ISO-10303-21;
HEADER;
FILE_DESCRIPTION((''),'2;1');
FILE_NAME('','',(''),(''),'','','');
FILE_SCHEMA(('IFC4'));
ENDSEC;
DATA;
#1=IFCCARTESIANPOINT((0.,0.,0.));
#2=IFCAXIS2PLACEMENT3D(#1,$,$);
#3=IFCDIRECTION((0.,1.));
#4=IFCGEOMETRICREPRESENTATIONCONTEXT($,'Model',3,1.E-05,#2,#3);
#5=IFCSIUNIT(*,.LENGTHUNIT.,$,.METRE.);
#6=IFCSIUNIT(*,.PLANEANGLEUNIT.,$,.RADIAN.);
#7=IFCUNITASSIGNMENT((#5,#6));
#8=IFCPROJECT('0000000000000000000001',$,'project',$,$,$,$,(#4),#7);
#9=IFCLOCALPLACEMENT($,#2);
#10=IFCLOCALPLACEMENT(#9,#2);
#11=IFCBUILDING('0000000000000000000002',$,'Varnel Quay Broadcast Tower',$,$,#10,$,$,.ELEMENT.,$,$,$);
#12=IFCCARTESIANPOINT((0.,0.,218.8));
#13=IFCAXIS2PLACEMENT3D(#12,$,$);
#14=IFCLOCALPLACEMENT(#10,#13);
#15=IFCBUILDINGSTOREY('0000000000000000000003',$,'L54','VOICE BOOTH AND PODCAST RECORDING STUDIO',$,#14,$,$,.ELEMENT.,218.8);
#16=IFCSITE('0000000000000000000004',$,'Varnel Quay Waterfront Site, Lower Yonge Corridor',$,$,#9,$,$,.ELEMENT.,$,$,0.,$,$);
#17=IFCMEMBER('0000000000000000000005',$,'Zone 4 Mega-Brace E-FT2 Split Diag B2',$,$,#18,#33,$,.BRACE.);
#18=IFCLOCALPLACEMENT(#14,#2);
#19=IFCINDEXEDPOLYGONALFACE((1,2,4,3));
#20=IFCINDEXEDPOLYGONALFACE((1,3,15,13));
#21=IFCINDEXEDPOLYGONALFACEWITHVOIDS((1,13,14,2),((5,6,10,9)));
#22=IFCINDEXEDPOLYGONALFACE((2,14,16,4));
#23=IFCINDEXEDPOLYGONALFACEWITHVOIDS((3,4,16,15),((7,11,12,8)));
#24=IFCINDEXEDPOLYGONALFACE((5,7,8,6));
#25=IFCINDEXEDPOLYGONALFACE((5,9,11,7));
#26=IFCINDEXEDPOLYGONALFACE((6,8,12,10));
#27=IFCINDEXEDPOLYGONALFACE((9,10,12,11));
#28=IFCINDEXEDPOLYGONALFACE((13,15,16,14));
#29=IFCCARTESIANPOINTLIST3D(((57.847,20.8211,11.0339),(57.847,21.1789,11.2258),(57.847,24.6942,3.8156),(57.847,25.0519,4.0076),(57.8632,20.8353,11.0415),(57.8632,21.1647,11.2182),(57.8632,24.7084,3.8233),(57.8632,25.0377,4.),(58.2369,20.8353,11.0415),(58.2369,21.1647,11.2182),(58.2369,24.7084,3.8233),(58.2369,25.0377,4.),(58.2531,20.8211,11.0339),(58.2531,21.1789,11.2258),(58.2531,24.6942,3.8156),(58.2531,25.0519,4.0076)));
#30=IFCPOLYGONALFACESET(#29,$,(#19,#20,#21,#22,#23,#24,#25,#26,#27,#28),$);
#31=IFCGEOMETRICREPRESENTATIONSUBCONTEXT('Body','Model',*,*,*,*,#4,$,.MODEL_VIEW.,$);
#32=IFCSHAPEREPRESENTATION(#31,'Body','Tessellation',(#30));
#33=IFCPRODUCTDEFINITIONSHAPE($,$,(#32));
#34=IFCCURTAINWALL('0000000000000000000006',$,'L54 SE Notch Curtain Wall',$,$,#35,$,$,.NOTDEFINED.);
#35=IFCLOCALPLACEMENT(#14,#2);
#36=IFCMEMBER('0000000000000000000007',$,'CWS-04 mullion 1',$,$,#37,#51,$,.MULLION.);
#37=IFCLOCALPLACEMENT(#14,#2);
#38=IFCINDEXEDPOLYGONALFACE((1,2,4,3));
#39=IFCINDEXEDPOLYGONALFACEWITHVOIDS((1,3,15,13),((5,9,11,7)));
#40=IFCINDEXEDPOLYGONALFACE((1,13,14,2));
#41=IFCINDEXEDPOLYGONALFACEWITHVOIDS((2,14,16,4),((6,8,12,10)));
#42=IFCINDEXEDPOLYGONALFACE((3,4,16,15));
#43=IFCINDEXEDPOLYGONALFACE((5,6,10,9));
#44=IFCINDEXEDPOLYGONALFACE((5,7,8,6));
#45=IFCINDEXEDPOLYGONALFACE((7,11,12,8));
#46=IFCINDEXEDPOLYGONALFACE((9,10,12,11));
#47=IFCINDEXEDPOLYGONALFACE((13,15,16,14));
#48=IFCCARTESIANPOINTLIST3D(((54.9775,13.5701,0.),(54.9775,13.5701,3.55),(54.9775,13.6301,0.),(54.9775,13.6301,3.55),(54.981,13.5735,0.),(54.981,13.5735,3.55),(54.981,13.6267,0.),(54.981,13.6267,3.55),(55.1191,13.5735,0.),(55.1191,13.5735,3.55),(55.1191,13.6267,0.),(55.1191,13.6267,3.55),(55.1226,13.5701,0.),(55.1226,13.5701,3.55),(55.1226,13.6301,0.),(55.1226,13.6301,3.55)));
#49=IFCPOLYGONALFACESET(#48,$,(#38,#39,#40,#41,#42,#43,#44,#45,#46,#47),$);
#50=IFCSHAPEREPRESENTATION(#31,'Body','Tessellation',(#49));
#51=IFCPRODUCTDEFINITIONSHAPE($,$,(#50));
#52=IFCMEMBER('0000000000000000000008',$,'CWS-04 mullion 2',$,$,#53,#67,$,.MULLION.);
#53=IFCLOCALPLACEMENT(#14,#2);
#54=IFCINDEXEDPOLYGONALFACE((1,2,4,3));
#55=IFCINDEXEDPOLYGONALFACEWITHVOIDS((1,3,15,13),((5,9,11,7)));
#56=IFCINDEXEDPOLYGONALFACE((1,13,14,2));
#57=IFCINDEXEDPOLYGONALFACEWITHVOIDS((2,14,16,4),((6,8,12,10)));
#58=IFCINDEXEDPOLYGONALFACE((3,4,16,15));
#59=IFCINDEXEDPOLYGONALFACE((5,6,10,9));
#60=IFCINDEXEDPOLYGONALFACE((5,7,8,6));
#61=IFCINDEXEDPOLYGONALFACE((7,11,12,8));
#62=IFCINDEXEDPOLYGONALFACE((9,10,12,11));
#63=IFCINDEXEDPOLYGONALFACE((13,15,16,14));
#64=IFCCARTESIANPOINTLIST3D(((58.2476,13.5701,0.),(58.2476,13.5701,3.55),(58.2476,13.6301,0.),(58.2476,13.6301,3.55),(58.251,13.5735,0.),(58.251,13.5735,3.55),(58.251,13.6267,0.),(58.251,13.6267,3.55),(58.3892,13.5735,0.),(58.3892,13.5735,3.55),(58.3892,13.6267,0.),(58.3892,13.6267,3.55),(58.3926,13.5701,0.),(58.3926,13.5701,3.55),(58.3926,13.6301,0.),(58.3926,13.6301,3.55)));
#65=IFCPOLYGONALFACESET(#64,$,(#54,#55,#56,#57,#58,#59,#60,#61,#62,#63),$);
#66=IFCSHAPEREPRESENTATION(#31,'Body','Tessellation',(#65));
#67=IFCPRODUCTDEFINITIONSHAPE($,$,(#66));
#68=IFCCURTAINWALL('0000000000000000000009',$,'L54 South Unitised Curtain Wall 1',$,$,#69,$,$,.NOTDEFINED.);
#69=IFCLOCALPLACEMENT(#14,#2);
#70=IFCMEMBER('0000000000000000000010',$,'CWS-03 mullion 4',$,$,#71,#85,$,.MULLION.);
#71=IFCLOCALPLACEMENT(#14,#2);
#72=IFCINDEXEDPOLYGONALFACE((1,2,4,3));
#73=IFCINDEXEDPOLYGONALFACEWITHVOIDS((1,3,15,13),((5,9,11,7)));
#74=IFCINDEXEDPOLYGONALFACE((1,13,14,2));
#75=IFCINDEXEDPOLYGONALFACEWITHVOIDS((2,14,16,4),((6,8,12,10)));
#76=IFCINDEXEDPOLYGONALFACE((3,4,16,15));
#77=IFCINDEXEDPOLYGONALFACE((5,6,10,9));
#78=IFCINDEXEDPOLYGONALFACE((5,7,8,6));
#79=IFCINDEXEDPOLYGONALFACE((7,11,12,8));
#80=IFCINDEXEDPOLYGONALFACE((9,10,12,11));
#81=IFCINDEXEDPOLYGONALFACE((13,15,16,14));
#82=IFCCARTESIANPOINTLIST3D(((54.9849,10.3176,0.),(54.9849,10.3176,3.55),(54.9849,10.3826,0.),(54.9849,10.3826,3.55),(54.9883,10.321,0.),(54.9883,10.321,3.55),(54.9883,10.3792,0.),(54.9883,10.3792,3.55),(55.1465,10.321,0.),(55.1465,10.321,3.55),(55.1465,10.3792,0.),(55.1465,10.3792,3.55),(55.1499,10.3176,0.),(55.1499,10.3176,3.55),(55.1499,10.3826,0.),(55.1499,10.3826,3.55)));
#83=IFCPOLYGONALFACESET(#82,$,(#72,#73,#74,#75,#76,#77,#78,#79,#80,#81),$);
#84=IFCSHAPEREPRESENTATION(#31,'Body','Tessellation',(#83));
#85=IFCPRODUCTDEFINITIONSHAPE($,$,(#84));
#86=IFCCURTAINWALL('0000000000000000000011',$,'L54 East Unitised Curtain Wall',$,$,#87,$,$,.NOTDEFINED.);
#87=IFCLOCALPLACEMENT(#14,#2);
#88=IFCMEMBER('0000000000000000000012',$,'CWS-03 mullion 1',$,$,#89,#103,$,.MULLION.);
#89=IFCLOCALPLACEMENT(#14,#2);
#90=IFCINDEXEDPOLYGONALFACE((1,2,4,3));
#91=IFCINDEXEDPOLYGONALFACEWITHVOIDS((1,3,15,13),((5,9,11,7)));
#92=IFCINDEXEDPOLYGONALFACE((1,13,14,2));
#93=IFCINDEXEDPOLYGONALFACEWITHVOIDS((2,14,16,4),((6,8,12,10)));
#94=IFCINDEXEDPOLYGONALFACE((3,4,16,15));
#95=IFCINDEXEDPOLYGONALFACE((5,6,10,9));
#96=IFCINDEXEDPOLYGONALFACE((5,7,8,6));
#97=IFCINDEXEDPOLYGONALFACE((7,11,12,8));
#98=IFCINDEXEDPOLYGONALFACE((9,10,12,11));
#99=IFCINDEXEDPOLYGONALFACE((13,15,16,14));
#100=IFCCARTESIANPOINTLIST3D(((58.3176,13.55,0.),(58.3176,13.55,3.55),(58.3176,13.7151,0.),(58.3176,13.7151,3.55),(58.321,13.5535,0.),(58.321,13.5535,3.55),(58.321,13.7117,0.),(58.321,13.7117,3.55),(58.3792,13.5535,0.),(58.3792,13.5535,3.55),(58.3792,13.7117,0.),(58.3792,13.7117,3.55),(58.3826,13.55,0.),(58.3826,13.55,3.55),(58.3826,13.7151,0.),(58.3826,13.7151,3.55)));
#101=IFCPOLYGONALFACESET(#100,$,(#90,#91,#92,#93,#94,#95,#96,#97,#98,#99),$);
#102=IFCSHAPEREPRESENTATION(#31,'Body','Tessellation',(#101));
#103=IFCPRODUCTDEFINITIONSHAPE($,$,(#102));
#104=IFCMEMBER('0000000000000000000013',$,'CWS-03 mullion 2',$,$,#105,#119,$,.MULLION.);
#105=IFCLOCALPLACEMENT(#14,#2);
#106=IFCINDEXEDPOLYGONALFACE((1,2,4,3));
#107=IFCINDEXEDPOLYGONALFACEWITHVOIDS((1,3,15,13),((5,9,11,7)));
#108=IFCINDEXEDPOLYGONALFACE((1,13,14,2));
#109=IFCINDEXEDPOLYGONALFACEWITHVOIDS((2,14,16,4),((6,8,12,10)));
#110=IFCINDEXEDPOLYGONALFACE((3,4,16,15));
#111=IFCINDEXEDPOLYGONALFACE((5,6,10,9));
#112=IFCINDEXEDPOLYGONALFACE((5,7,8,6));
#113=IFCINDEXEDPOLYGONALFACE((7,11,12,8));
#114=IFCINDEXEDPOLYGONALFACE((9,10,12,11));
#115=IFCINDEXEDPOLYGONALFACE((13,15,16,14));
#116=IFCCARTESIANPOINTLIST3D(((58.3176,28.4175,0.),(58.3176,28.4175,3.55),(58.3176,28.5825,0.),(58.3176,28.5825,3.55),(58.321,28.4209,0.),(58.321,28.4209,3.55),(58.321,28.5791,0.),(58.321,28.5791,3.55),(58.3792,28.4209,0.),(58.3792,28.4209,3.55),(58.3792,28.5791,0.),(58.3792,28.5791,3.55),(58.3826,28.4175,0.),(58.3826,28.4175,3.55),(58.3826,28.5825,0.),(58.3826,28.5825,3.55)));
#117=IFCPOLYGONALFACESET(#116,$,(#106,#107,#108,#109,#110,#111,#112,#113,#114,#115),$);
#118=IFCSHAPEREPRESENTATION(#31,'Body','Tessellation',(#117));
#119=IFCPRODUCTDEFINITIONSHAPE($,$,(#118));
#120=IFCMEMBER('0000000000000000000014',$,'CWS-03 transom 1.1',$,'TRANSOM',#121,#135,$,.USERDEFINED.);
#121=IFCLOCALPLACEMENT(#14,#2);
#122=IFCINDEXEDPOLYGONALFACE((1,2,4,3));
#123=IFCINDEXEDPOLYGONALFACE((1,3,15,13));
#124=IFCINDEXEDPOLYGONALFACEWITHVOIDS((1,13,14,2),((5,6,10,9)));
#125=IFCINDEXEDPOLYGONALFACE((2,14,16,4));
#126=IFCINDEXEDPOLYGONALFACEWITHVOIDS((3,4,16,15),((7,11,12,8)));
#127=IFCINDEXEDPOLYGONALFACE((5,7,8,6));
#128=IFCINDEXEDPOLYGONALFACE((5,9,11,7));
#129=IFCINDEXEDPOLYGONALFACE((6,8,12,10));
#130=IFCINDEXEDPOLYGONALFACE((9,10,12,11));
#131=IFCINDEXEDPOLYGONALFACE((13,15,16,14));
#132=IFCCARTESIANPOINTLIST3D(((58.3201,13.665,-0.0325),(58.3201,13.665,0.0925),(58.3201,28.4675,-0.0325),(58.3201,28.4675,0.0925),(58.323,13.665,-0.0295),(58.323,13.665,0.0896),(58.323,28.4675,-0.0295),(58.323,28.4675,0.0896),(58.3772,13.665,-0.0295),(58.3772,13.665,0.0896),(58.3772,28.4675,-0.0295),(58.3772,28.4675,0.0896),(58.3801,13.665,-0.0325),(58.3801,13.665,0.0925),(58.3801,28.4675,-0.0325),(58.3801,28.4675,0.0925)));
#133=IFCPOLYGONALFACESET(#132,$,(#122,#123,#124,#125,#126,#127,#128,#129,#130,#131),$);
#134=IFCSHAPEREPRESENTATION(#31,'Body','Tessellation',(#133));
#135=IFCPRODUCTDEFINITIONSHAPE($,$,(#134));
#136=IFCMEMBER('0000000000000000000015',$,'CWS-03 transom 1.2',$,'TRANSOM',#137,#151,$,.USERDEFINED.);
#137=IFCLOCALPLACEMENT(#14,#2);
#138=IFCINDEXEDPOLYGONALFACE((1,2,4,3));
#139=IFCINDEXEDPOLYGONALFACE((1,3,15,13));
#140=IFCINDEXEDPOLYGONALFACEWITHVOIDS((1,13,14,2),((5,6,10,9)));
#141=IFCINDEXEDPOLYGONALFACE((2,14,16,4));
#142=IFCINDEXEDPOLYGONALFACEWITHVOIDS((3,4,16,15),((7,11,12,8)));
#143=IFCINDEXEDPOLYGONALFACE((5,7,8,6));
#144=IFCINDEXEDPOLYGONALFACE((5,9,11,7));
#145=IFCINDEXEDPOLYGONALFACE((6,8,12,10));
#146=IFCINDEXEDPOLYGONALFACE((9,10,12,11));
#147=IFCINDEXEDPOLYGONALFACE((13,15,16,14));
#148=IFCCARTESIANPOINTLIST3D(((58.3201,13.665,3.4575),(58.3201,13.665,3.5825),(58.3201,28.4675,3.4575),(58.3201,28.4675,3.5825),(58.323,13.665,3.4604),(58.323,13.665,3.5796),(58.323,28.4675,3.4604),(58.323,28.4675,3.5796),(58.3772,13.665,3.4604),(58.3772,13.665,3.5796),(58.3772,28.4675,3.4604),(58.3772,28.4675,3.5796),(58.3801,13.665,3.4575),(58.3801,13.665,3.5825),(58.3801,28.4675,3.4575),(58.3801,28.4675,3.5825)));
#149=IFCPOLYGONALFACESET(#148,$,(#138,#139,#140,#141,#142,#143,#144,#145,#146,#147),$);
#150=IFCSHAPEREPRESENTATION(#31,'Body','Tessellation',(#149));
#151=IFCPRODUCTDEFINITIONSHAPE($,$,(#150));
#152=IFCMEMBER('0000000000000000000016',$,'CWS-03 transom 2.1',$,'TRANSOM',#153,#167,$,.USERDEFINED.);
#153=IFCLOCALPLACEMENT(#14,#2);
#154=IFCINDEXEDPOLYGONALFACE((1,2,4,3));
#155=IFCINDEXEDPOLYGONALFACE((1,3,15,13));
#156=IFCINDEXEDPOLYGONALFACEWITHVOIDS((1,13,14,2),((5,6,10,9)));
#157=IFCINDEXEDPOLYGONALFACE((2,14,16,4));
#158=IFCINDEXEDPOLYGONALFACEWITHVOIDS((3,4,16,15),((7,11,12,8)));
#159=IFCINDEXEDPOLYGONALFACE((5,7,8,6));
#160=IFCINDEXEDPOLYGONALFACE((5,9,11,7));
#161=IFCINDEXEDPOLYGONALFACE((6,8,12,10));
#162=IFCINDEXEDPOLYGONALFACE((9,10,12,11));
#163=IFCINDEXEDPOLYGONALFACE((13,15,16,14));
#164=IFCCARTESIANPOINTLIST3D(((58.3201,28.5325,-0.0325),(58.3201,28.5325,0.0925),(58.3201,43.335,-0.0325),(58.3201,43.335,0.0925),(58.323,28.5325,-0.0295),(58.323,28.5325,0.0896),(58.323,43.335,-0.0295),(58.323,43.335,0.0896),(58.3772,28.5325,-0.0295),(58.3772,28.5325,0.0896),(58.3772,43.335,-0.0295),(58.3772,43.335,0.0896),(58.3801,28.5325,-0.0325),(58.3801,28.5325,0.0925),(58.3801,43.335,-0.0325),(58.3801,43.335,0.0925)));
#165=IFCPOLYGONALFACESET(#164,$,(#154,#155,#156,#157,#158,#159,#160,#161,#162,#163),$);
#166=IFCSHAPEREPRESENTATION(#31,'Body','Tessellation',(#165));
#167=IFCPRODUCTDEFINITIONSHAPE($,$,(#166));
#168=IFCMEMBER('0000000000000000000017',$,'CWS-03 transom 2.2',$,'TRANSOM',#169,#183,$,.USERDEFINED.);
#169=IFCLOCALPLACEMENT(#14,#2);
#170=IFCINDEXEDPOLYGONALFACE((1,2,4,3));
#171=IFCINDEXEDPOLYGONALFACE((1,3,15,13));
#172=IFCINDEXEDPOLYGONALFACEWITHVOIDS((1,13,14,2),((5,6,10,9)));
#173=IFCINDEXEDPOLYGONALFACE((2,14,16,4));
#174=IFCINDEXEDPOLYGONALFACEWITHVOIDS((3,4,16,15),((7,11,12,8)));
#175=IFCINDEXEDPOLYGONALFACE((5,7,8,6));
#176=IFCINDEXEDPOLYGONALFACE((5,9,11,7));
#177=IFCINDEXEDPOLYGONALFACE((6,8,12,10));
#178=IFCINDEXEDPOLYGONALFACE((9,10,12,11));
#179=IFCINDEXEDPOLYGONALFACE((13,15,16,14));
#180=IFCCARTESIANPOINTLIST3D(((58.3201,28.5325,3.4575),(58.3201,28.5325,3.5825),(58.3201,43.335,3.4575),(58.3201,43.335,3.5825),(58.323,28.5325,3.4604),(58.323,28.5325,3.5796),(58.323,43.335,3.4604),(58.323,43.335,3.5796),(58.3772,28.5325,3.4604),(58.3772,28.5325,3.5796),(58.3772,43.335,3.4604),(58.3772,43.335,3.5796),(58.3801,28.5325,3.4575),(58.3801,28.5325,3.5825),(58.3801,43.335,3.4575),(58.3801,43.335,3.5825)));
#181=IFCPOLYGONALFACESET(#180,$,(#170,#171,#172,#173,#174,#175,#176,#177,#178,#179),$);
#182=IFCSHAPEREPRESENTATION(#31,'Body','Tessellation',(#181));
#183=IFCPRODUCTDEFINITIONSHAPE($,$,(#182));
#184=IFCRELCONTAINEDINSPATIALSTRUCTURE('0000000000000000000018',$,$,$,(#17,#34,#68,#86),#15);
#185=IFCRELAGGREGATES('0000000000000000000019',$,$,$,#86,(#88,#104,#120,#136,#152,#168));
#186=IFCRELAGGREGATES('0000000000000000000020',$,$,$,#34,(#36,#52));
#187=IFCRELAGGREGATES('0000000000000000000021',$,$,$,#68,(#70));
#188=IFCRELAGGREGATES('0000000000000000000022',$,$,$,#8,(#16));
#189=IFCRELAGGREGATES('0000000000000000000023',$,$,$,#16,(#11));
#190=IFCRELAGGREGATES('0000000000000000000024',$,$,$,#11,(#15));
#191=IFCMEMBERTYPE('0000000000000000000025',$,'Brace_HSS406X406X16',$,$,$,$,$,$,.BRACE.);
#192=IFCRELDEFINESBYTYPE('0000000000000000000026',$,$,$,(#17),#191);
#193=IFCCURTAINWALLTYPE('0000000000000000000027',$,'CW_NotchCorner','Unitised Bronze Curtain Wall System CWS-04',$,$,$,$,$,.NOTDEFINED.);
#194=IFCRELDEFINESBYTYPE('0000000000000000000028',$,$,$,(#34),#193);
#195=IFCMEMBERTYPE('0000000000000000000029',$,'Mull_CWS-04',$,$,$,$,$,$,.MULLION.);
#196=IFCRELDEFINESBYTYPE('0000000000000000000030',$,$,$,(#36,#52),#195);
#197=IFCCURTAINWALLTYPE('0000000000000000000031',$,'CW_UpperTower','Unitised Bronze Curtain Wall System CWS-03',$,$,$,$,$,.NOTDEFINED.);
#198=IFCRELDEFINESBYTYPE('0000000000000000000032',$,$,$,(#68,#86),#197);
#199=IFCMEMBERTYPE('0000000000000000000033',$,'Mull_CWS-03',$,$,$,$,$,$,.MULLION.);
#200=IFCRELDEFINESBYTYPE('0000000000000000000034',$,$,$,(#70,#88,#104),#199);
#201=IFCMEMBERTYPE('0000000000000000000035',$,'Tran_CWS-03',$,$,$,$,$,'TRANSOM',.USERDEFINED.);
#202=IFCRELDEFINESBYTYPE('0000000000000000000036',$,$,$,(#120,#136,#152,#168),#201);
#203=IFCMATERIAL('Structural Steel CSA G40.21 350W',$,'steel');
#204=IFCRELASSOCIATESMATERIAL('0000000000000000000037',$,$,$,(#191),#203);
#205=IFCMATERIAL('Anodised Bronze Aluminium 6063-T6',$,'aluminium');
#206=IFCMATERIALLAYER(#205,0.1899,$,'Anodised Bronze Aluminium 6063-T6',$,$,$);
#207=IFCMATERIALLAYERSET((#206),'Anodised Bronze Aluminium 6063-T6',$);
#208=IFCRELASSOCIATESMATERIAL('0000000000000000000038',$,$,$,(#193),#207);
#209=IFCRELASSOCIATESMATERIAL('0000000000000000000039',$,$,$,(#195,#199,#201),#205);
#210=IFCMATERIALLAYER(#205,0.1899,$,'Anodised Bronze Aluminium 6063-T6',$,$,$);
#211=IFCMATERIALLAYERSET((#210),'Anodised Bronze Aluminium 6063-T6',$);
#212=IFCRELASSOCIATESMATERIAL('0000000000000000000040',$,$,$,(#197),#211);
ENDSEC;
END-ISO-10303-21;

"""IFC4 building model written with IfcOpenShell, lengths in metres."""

from ifc_helpers import new_model, si_unit, direction, frame, origin, origin_2d, place, context, subcontext, project, spatial, hollow_rectangle, extrude, source, transform, mapped, material, layer, layer_set, material_profile, profile_set, type_object, type_shapes, element, aggregate, save


model = new_model("IFC4")

# Units and contexts
model_context = context("Model", 3, precision=1e-05, world=origin(), true_north=direction((0.0, 1.0)))
body_context = subcontext(model_context, "Body", "Model", "MODEL_VIEW")
ifc_project = project(units=[si_unit("LENGTHUNIT", "METRE"), si_unit("PLANEANGLEUNIT", "RADIAN")], contexts=[model_context])

# Site, building, storey
site_placement = place(None, origin())
site = spatial("IfcSite", under=ifc_project, at=site_placement, Name="Varnel Quay Waterfront Site, Lower Yonge Corridor", CompositionType="ELEMENT", RefElevation=0.0)
building_placement = place(site_placement, origin())
building = spatial("IfcBuilding", under=site, at=building_placement, Name="Varnel Quay Broadcast Tower", CompositionType="ELEMENT")
storey_placement = place(building_placement, frame((0.0, 0.0, 218.8)))
storey = spatial("IfcBuildingStorey", under=building, at=storey_placement, Name="L54", Description="VOICE BOOTH AND PODCAST RECORDING STUDIO", CompositionType="ELEMENT", Elevation=218.8)

# Shared definitions
ifc_material_1 = material(Name="Structural Steel CSA G40.21 350W", Category="steel")

# Member
ifc_material_profile_1 = material_profile(ifc_material_1, hollow_rectangle(XDim=0.406, YDim=0.406, WallThickness=0.0161, at=origin_2d()), Name="HSS406X406X16")
ifc_profile_set_1 = profile_set([ifc_material_profile_1], Name="Structural Steel CSA G40.21 350W")
member_type_1 = type_object("IfcMemberType", Name="Brace_HSS406X406X16", PredefinedType="BRACE", material=ifc_profile_set_1)
shared_shape_1 = source(origin(), body_context, "Body", "SweptSolid", [
    extrude(hollow_rectangle(XDim=0.406, YDim=0.406, WallThickness=0.0161, at=origin_2d()), origin(), (0.0, 0.0, 1.0), 8.1917),
])
type_shapes(member_type_1, [shared_shape_1])
member_1_placement = place(storey_placement, frame((58.05, 24.873, 3.9116), z_axis=(0.0, -0.472802, 0.881169), x_axis=(1.0, 0.0, 0.0)))
element("IfcMember", 1, at=member_1_placement, inside=storey, type_object=member_type_1, Name="Zone 4 Mega-Brace E-FT2 Split Diag B2", PredefinedType="BRACE", context=body_context, shape_type="MappedRepresentation", body=[
    mapped(shared_shape_1, transform((0.0, 0.0, 0.0), x_axis=(1.0, 0.0, 0.0), y_axis=(0.0, 1.0, 0.0), z_axis=(0.0, 0.0, 1.0), scale=1.0)),
])

# Curtain wall, members
ifc_material_2 = material(Name="Anodised Bronze Aluminium 6063-T6", Category="aluminium")
ifc_layer_1 = layer(ifc_material_2, 0.1899, Name="Anodised Bronze Aluminium 6063-T6")
ifc_layer_set_1 = layer_set([ifc_layer_1], Name="Anodised Bronze Aluminium 6063-T6")
curtain_wall_type_1 = type_object("IfcCurtainWallType", Name="CW_NotchCorner", Description="Unitised Bronze Curtain Wall System CWS-04", PredefinedType="NOTDEFINED", material=ifc_layer_set_1)
curtain_wall_1_placement = place(storey_placement, origin())
curtain_wall_1 = element("IfcCurtainWall", 2, at=curtain_wall_1_placement, inside=storey, type_object=curtain_wall_type_1, Name="L54 SE Notch Curtain Wall", PredefinedType="NOTDEFINED")
ifc_material_profile_2 = material_profile(ifc_material_2, hollow_rectangle(XDim=0.0601, YDim=0.145, WallThickness=0.0034, at=origin_2d()), Name="ALU60X145X3.5")
ifc_profile_set_2 = profile_set([ifc_material_profile_2], Name="Anodised Bronze Aluminium 6063-T6")
member_type_2 = type_object("IfcMemberType", Name="Mull_CWS-04", PredefinedType="MULLION", material=ifc_profile_set_2)
shared_shape_2 = source(origin(), body_context, "Body", "SweptSolid", [
    extrude(hollow_rectangle(XDim=0.0601, YDim=0.145, WallThickness=0.0034, at=origin_2d()), origin(), (0.0, 0.0, 1.0), 3.55),
])
type_shapes(member_type_2, [shared_shape_2])
member_2_placement = place(storey_placement, frame((55.05, 13.6001, 0.0), z_axis=(0.0, 0.0, 1.0), x_axis=(0.0, 1.0, 0.0)))
member_2 = element("IfcMember", 3, at=member_2_placement, type_object=member_type_2, Name="CWS-04 mullion 1", PredefinedType="MULLION", context=body_context, shape_type="MappedRepresentation", body=[
    mapped(shared_shape_2, transform((0.0, 0.0, 0.0), x_axis=(1.0, 0.0, 0.0), y_axis=(0.0, 1.0, 0.0), z_axis=(0.0, 0.0, 1.0), scale=1.0)),
])
member_3_placement = place(storey_placement, frame((58.3201, 13.6001, 0.0), z_axis=(0.0, 0.0, 1.0), x_axis=(0.0, 1.0, 0.0)))
member_3 = element("IfcMember", 4, at=member_3_placement, type_object=member_type_2, Name="CWS-04 mullion 2", PredefinedType="MULLION", context=body_context, shape_type="MappedRepresentation", body=[
    mapped(shared_shape_2, transform((0.0, 0.0, 0.0), x_axis=(1.0, 0.0, 0.0), y_axis=(0.0, 1.0, 0.0), z_axis=(0.0, 0.0, 1.0), scale=1.0)),
])

# Curtain wall, member
ifc_layer_2 = layer(ifc_material_2, 0.1899, Name="Anodised Bronze Aluminium 6063-T6")
ifc_layer_set_2 = layer_set([ifc_layer_2], Name="Anodised Bronze Aluminium 6063-T6")
curtain_wall_type_2 = type_object("IfcCurtainWallType", Name="CW_UpperTower", Description="Unitised Bronze Curtain Wall System CWS-03", PredefinedType="NOTDEFINED", material=ifc_layer_set_2)
curtain_wall_2_placement = place(storey_placement, origin())
curtain_wall_2 = element("IfcCurtainWall", 5, at=curtain_wall_2_placement, inside=storey, type_object=curtain_wall_type_2, Name="L54 South Unitised Curtain Wall 1", PredefinedType="NOTDEFINED")
ifc_material_profile_3 = material_profile(ifc_material_2, hollow_rectangle(XDim=0.0649, YDim=0.165, WallThickness=0.0034, at=origin_2d()), Name="ALU65X165X3.5")
ifc_profile_set_3 = profile_set([ifc_material_profile_3], Name="Anodised Bronze Aluminium 6063-T6")
member_type_3 = type_object("IfcMemberType", Name="Mull_CWS-03", PredefinedType="MULLION", material=ifc_profile_set_3)
shared_shape_3 = source(origin(), body_context, "Body", "SweptSolid", [
    extrude(hollow_rectangle(XDim=0.0649, YDim=0.165, WallThickness=0.0034, at=origin_2d()), origin(), (0.0, 0.0, 1.0), 3.55),
])
type_shapes(member_type_3, [shared_shape_3])
member_4_placement = place(storey_placement, frame((55.0674, 10.3501, 0.0), z_axis=(0.0, 0.0, 1.0), x_axis=(0.0, 1.0, 0.0)))
member_4 = element("IfcMember", 6, at=member_4_placement, type_object=member_type_3, Name="CWS-03 mullion 4", PredefinedType="MULLION", context=body_context, shape_type="MappedRepresentation", body=[
    mapped(shared_shape_3, transform((0.0, 0.0, 0.0), x_axis=(1.0, 0.0, 0.0), y_axis=(0.0, 1.0, 0.0), z_axis=(0.0, 0.0, 1.0), scale=1.0)),
])

# Curtain wall, members
curtain_wall_3_placement = place(storey_placement, origin())
curtain_wall_3 = element("IfcCurtainWall", 7, at=curtain_wall_3_placement, inside=storey, type_object=curtain_wall_type_2, Name="L54 East Unitised Curtain Wall", PredefinedType="NOTDEFINED")
member_5_placement = place(storey_placement, frame((58.3501, 13.6326, 0.0), z_axis=(0.0, 0.0, 1.0), x_axis=(-1.0, 0.0, 0.0)))
member_5 = element("IfcMember", 8, at=member_5_placement, type_object=member_type_3, Name="CWS-03 mullion 1", PredefinedType="MULLION", context=body_context, shape_type="MappedRepresentation", body=[
    mapped(shared_shape_3, transform((0.0, 0.0, 0.0), x_axis=(1.0, 0.0, 0.0), y_axis=(0.0, 1.0, 0.0), z_axis=(0.0, 0.0, 1.0), scale=1.0)),
])
member_6_placement = place(storey_placement, frame((58.3501, 28.5, 0.0), z_axis=(0.0, 0.0, 1.0), x_axis=(-1.0, 0.0, 0.0)))
member_6 = element("IfcMember", 9, at=member_6_placement, type_object=member_type_3, Name="CWS-03 mullion 2", PredefinedType="MULLION", context=body_context, shape_type="MappedRepresentation", body=[
    mapped(shared_shape_3, transform((0.0, 0.0, 0.0), x_axis=(1.0, 0.0, 0.0), y_axis=(0.0, 1.0, 0.0), z_axis=(0.0, 0.0, 1.0), scale=1.0)),
])
ifc_material_profile_4 = material_profile(ifc_material_2, hollow_rectangle(XDim=0.0601, YDim=0.125, WallThickness=0.0029, at=origin_2d()), Name="ALU60X125X3")
ifc_profile_set_4 = profile_set([ifc_material_profile_4], Name="Anodised Bronze Aluminium 6063-T6")
member_type_4 = type_object("IfcMemberType", Name="Tran_CWS-03", ElementType="TRANSOM", PredefinedType="USERDEFINED", material=ifc_profile_set_4)
shared_shape_4 = source(origin(), body_context, "Body", "SweptSolid", [
    extrude(hollow_rectangle(XDim=0.0601, YDim=0.125, WallThickness=0.0029, at=origin_2d()), origin(), (0.0, 0.0, 1.0), 14.8025),
])
type_shapes(member_type_4, [shared_shape_4])
member_7_placement = place(storey_placement, frame((58.3501, 13.665, 0.03), z_axis=(0.0, 1.0, 0.0), x_axis=(-1.0, 0.0, 0.0)))
member_7 = element("IfcMember", 10, at=member_7_placement, type_object=member_type_4, Name="CWS-03 transom 1.1", ObjectType="TRANSOM", PredefinedType="USERDEFINED", context=body_context, shape_type="MappedRepresentation", body=[
    mapped(shared_shape_4, transform((0.0, 0.0, 0.0), x_axis=(1.0, 0.0, 0.0), y_axis=(0.0, 1.0, 0.0), z_axis=(0.0, 0.0, 1.0), scale=1.0)),
])
member_8_placement = place(storey_placement, frame((58.3501, 13.665, 3.52), z_axis=(0.0, 1.0, 0.0), x_axis=(-1.0, 0.0, 0.0)))
member_8 = element("IfcMember", 11, at=member_8_placement, type_object=member_type_4, Name="CWS-03 transom 1.2", ObjectType="TRANSOM", PredefinedType="USERDEFINED", context=body_context, shape_type="MappedRepresentation", body=[
    mapped(shared_shape_4, transform((0.0, 0.0, 0.0), x_axis=(1.0, 0.0, 0.0), y_axis=(0.0, 1.0, 0.0), z_axis=(0.0, 0.0, 1.0), scale=1.0)),
])
member_9_placement = place(storey_placement, frame((58.3501, 28.5325, 0.03), z_axis=(0.0, 1.0, 0.0), x_axis=(-1.0, 0.0, 0.0)))
member_9 = element("IfcMember", 12, at=member_9_placement, type_object=member_type_4, Name="CWS-03 transom 2.1", ObjectType="TRANSOM", PredefinedType="USERDEFINED", context=body_context, shape_type="MappedRepresentation", body=[
    mapped(shared_shape_4, transform((0.0, 0.0, 0.0), x_axis=(1.0, 0.0, 0.0), y_axis=(0.0, 1.0, 0.0), z_axis=(0.0, 0.0, 1.0), scale=1.0)),
])
member_10_placement = place(storey_placement, frame((58.3501, 28.5325, 3.52), z_axis=(0.0, 1.0, 0.0), x_axis=(-1.0, 0.0, 0.0)))
member_10 = element("IfcMember", 13, at=member_10_placement, type_object=member_type_4, Name="CWS-03 transom 2.2", ObjectType="TRANSOM", PredefinedType="USERDEFINED", context=body_context, shape_type="MappedRepresentation", body=[
    mapped(shared_shape_4, transform((0.0, 0.0, 0.0), x_axis=(1.0, 0.0, 0.0), y_axis=(0.0, 1.0, 0.0), z_axis=(0.0, 0.0, 1.0), scale=1.0)),
])

aggregate(curtain_wall_3, [member_5, member_6, member_7, member_8, member_9, member_10])
aggregate(curtain_wall_1, [member_2, member_3])
aggregate(curtain_wall_2, [member_4])

save(model, "model.ifc")
